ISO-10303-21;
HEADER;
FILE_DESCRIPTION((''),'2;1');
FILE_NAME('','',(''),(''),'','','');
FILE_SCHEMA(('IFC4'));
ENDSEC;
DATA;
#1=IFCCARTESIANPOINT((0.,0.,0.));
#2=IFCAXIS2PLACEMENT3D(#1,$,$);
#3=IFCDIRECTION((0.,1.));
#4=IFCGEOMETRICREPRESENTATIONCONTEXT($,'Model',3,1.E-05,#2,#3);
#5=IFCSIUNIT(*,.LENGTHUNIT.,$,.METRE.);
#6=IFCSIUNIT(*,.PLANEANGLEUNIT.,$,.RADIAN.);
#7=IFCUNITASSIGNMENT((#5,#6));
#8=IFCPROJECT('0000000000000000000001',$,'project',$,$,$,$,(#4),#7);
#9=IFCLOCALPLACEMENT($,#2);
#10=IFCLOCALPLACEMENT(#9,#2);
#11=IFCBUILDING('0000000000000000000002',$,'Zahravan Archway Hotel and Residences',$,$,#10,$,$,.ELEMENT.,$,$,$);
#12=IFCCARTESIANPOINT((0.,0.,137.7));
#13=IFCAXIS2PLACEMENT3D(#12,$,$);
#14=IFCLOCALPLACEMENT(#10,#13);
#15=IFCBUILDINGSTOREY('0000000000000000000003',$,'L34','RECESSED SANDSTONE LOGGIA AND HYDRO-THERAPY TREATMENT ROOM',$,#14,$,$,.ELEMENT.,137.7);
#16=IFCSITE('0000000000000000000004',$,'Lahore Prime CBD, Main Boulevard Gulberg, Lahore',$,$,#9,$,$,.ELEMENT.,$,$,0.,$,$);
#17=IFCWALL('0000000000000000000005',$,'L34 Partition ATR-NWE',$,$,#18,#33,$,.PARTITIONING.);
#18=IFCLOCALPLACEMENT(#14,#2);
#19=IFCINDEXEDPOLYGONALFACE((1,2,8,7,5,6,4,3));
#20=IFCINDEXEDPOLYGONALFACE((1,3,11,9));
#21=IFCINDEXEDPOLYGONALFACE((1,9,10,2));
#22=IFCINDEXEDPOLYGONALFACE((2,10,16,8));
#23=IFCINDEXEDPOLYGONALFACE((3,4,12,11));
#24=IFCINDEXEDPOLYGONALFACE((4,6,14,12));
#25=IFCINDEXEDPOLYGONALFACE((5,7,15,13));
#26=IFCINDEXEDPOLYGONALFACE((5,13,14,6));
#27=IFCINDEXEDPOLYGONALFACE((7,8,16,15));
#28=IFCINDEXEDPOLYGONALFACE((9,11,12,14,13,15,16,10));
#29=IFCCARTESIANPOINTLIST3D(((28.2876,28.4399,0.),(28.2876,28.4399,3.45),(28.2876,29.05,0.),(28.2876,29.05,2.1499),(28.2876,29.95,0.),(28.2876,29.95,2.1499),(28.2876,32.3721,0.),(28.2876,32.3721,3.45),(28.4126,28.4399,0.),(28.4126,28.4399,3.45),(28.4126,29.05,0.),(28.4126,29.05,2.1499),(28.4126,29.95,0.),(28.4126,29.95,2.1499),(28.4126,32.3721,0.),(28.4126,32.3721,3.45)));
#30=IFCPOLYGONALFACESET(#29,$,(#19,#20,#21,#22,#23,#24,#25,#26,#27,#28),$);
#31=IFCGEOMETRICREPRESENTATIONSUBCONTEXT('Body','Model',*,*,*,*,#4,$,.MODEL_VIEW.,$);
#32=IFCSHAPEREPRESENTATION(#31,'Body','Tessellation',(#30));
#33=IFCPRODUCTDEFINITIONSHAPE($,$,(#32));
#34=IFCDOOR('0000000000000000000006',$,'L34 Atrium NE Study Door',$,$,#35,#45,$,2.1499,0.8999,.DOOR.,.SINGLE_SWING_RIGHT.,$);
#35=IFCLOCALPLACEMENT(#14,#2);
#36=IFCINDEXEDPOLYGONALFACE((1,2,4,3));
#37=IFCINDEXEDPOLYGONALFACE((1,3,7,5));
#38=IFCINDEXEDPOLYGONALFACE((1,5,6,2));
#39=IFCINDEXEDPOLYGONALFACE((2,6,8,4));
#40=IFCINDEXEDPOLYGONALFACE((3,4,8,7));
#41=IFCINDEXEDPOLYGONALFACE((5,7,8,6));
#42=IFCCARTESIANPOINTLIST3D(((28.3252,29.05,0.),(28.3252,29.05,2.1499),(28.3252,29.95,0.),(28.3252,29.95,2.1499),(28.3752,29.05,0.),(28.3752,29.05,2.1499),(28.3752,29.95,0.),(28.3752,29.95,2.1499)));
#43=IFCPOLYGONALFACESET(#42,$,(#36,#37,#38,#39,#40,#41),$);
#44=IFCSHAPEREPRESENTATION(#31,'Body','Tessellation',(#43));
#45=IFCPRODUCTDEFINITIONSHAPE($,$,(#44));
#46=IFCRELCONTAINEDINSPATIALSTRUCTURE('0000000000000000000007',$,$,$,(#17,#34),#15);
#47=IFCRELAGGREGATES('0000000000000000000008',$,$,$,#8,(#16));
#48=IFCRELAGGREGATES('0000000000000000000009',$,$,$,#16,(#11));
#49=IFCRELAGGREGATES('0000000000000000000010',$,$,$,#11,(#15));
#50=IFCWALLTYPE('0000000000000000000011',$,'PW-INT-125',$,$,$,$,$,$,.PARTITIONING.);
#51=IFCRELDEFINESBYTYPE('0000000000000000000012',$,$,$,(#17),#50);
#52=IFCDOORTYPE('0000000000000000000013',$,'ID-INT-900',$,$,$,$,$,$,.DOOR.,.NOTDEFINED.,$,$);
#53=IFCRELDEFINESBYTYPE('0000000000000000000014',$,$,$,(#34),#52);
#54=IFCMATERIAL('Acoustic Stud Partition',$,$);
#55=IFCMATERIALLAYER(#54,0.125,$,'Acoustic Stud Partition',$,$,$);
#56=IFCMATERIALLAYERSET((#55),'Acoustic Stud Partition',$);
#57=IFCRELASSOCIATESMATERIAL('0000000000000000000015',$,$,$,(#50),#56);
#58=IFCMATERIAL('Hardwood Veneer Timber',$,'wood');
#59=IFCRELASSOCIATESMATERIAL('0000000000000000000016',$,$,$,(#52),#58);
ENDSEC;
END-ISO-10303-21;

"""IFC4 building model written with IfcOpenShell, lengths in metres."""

from ifc_helpers import new_model, si_unit, direction, frame, frame_2d, origin, place, context, subcontext, project, spatial, rectangle, extrude, source, transform, mapped, material, layer, layer_set, type_object, type_shapes, element, fill, save


model = new_model("IFC4")

# Units and contexts
model_context = context("Model", 3, precision=1e-05, world=origin(), true_north=direction((0.0, 1.0)))
body_context = subcontext(model_context, "Body", "Model", "MODEL_VIEW")
ifc_project = project(units=[si_unit("LENGTHUNIT", "METRE"), si_unit("PLANEANGLEUNIT", "RADIAN")], contexts=[model_context])

# Site, building, storey
site_placement = place(None, origin())
site = spatial("IfcSite", under=ifc_project, at=site_placement, Name="Lahore Prime CBD, Main Boulevard Gulberg, Lahore", CompositionType="ELEMENT", RefElevation=0.0)
building_placement = place(site_placement, origin())
building = spatial("IfcBuilding", under=site, at=building_placement, Name="Zahravan Archway Hotel and Residences", CompositionType="ELEMENT")
storey_placement = place(building_placement, frame((0.0, 0.0, 137.7)))
storey = spatial("IfcBuildingStorey", under=building, at=storey_placement, Name="L34", Description="RECESSED SANDSTONE LOGGIA AND HYDRO-THERAPY TREATMENT ROOM", CompositionType="ELEMENT", Elevation=137.7)

# Wall, opening, door
ifc_material_1 = material(Name="Acoustic Stud Partition")
ifc_layer_1 = layer(ifc_material_1, 0.125, Name="Acoustic Stud Partition")
ifc_layer_set_1 = layer_set([ifc_layer_1], Name="Acoustic Stud Partition")
wall_type = type_object("IfcWallType", Name="PW-INT-125", PredefinedType="PARTITIONING", material=ifc_layer_set_1)
wall_placement = place(storey_placement, frame((28.3501, 28.4399, 0.0), z_axis=(0.0, 0.0, 1.0), x_axis=(0.0, 1.0, 0.0)))
wall = element("IfcWall", 1, at=wall_placement, inside=storey, type_object=wall_type, Name="L34 Partition ATR-NWE", PredefinedType="PARTITIONING", context=body_context, shape_type="SweptSolid", body=[
    extrude(rectangle(XDim=3.9321, YDim=0.125, at=frame_2d((1.9661, 0.0))), origin(), (0.0, 0.0, 1.0), 3.45),
])
opening_placement = place(wall_placement, frame((0.6101, 0.0, 0.0)))
opening = element("IfcOpeningElement", 2, at=opening_placement, cuts=wall, PredefinedType="OPENING", context=body_context, shape_type="SweptSolid", body=[
    extrude(rectangle(XDim=0.8999, YDim=2.1499, at=frame_2d((0.45, 1.075))), frame((0.0, 0.0725, 0.0), z_axis=(0.0, -1.0, 0.0), x_axis=(1.0, 0.0, 0.0)), (0.0, 0.0, 1.0), 0.145),
])
ifc_material_2 = material(Name="Hardwood Veneer Timber", Category="wood")
door_type = type_object("IfcDoorType", Name="ID-INT-900", OperationType="NOTDEFINED", PredefinedType="DOOR", material=ifc_material_2)
shared_shape_1 = source(origin(), body_context, "Body", "SweptSolid", [
    extrude(rectangle(XDim=0.8999, YDim=2.1499, at=frame_2d((0.45, 1.075))), frame((0.0, 0.0249, 0.0), z_axis=(0.0, -1.0, 0.0), x_axis=(1.0, 0.0, 0.0)), (0.0, 0.0, 1.0), 0.05),
])
type_shapes(door_type, [shared_shape_1])
door_placement = place(opening_placement, origin())
door = element("IfcDoor", 3, at=door_placement, inside=storey, type_object=door_type, Name="L34 Atrium NE Study Door", OperationType="SINGLE_SWING_RIGHT", OverallHeight=2.1499, OverallWidth=0.8999, PredefinedType="DOOR", context=body_context, shape_type="MappedRepresentation", body=[
    mapped(shared_shape_1, transform((0.0, 0.0, 0.0), scale=1.0)),
])
fill(opening, door)

save(model, "model.ifc")
